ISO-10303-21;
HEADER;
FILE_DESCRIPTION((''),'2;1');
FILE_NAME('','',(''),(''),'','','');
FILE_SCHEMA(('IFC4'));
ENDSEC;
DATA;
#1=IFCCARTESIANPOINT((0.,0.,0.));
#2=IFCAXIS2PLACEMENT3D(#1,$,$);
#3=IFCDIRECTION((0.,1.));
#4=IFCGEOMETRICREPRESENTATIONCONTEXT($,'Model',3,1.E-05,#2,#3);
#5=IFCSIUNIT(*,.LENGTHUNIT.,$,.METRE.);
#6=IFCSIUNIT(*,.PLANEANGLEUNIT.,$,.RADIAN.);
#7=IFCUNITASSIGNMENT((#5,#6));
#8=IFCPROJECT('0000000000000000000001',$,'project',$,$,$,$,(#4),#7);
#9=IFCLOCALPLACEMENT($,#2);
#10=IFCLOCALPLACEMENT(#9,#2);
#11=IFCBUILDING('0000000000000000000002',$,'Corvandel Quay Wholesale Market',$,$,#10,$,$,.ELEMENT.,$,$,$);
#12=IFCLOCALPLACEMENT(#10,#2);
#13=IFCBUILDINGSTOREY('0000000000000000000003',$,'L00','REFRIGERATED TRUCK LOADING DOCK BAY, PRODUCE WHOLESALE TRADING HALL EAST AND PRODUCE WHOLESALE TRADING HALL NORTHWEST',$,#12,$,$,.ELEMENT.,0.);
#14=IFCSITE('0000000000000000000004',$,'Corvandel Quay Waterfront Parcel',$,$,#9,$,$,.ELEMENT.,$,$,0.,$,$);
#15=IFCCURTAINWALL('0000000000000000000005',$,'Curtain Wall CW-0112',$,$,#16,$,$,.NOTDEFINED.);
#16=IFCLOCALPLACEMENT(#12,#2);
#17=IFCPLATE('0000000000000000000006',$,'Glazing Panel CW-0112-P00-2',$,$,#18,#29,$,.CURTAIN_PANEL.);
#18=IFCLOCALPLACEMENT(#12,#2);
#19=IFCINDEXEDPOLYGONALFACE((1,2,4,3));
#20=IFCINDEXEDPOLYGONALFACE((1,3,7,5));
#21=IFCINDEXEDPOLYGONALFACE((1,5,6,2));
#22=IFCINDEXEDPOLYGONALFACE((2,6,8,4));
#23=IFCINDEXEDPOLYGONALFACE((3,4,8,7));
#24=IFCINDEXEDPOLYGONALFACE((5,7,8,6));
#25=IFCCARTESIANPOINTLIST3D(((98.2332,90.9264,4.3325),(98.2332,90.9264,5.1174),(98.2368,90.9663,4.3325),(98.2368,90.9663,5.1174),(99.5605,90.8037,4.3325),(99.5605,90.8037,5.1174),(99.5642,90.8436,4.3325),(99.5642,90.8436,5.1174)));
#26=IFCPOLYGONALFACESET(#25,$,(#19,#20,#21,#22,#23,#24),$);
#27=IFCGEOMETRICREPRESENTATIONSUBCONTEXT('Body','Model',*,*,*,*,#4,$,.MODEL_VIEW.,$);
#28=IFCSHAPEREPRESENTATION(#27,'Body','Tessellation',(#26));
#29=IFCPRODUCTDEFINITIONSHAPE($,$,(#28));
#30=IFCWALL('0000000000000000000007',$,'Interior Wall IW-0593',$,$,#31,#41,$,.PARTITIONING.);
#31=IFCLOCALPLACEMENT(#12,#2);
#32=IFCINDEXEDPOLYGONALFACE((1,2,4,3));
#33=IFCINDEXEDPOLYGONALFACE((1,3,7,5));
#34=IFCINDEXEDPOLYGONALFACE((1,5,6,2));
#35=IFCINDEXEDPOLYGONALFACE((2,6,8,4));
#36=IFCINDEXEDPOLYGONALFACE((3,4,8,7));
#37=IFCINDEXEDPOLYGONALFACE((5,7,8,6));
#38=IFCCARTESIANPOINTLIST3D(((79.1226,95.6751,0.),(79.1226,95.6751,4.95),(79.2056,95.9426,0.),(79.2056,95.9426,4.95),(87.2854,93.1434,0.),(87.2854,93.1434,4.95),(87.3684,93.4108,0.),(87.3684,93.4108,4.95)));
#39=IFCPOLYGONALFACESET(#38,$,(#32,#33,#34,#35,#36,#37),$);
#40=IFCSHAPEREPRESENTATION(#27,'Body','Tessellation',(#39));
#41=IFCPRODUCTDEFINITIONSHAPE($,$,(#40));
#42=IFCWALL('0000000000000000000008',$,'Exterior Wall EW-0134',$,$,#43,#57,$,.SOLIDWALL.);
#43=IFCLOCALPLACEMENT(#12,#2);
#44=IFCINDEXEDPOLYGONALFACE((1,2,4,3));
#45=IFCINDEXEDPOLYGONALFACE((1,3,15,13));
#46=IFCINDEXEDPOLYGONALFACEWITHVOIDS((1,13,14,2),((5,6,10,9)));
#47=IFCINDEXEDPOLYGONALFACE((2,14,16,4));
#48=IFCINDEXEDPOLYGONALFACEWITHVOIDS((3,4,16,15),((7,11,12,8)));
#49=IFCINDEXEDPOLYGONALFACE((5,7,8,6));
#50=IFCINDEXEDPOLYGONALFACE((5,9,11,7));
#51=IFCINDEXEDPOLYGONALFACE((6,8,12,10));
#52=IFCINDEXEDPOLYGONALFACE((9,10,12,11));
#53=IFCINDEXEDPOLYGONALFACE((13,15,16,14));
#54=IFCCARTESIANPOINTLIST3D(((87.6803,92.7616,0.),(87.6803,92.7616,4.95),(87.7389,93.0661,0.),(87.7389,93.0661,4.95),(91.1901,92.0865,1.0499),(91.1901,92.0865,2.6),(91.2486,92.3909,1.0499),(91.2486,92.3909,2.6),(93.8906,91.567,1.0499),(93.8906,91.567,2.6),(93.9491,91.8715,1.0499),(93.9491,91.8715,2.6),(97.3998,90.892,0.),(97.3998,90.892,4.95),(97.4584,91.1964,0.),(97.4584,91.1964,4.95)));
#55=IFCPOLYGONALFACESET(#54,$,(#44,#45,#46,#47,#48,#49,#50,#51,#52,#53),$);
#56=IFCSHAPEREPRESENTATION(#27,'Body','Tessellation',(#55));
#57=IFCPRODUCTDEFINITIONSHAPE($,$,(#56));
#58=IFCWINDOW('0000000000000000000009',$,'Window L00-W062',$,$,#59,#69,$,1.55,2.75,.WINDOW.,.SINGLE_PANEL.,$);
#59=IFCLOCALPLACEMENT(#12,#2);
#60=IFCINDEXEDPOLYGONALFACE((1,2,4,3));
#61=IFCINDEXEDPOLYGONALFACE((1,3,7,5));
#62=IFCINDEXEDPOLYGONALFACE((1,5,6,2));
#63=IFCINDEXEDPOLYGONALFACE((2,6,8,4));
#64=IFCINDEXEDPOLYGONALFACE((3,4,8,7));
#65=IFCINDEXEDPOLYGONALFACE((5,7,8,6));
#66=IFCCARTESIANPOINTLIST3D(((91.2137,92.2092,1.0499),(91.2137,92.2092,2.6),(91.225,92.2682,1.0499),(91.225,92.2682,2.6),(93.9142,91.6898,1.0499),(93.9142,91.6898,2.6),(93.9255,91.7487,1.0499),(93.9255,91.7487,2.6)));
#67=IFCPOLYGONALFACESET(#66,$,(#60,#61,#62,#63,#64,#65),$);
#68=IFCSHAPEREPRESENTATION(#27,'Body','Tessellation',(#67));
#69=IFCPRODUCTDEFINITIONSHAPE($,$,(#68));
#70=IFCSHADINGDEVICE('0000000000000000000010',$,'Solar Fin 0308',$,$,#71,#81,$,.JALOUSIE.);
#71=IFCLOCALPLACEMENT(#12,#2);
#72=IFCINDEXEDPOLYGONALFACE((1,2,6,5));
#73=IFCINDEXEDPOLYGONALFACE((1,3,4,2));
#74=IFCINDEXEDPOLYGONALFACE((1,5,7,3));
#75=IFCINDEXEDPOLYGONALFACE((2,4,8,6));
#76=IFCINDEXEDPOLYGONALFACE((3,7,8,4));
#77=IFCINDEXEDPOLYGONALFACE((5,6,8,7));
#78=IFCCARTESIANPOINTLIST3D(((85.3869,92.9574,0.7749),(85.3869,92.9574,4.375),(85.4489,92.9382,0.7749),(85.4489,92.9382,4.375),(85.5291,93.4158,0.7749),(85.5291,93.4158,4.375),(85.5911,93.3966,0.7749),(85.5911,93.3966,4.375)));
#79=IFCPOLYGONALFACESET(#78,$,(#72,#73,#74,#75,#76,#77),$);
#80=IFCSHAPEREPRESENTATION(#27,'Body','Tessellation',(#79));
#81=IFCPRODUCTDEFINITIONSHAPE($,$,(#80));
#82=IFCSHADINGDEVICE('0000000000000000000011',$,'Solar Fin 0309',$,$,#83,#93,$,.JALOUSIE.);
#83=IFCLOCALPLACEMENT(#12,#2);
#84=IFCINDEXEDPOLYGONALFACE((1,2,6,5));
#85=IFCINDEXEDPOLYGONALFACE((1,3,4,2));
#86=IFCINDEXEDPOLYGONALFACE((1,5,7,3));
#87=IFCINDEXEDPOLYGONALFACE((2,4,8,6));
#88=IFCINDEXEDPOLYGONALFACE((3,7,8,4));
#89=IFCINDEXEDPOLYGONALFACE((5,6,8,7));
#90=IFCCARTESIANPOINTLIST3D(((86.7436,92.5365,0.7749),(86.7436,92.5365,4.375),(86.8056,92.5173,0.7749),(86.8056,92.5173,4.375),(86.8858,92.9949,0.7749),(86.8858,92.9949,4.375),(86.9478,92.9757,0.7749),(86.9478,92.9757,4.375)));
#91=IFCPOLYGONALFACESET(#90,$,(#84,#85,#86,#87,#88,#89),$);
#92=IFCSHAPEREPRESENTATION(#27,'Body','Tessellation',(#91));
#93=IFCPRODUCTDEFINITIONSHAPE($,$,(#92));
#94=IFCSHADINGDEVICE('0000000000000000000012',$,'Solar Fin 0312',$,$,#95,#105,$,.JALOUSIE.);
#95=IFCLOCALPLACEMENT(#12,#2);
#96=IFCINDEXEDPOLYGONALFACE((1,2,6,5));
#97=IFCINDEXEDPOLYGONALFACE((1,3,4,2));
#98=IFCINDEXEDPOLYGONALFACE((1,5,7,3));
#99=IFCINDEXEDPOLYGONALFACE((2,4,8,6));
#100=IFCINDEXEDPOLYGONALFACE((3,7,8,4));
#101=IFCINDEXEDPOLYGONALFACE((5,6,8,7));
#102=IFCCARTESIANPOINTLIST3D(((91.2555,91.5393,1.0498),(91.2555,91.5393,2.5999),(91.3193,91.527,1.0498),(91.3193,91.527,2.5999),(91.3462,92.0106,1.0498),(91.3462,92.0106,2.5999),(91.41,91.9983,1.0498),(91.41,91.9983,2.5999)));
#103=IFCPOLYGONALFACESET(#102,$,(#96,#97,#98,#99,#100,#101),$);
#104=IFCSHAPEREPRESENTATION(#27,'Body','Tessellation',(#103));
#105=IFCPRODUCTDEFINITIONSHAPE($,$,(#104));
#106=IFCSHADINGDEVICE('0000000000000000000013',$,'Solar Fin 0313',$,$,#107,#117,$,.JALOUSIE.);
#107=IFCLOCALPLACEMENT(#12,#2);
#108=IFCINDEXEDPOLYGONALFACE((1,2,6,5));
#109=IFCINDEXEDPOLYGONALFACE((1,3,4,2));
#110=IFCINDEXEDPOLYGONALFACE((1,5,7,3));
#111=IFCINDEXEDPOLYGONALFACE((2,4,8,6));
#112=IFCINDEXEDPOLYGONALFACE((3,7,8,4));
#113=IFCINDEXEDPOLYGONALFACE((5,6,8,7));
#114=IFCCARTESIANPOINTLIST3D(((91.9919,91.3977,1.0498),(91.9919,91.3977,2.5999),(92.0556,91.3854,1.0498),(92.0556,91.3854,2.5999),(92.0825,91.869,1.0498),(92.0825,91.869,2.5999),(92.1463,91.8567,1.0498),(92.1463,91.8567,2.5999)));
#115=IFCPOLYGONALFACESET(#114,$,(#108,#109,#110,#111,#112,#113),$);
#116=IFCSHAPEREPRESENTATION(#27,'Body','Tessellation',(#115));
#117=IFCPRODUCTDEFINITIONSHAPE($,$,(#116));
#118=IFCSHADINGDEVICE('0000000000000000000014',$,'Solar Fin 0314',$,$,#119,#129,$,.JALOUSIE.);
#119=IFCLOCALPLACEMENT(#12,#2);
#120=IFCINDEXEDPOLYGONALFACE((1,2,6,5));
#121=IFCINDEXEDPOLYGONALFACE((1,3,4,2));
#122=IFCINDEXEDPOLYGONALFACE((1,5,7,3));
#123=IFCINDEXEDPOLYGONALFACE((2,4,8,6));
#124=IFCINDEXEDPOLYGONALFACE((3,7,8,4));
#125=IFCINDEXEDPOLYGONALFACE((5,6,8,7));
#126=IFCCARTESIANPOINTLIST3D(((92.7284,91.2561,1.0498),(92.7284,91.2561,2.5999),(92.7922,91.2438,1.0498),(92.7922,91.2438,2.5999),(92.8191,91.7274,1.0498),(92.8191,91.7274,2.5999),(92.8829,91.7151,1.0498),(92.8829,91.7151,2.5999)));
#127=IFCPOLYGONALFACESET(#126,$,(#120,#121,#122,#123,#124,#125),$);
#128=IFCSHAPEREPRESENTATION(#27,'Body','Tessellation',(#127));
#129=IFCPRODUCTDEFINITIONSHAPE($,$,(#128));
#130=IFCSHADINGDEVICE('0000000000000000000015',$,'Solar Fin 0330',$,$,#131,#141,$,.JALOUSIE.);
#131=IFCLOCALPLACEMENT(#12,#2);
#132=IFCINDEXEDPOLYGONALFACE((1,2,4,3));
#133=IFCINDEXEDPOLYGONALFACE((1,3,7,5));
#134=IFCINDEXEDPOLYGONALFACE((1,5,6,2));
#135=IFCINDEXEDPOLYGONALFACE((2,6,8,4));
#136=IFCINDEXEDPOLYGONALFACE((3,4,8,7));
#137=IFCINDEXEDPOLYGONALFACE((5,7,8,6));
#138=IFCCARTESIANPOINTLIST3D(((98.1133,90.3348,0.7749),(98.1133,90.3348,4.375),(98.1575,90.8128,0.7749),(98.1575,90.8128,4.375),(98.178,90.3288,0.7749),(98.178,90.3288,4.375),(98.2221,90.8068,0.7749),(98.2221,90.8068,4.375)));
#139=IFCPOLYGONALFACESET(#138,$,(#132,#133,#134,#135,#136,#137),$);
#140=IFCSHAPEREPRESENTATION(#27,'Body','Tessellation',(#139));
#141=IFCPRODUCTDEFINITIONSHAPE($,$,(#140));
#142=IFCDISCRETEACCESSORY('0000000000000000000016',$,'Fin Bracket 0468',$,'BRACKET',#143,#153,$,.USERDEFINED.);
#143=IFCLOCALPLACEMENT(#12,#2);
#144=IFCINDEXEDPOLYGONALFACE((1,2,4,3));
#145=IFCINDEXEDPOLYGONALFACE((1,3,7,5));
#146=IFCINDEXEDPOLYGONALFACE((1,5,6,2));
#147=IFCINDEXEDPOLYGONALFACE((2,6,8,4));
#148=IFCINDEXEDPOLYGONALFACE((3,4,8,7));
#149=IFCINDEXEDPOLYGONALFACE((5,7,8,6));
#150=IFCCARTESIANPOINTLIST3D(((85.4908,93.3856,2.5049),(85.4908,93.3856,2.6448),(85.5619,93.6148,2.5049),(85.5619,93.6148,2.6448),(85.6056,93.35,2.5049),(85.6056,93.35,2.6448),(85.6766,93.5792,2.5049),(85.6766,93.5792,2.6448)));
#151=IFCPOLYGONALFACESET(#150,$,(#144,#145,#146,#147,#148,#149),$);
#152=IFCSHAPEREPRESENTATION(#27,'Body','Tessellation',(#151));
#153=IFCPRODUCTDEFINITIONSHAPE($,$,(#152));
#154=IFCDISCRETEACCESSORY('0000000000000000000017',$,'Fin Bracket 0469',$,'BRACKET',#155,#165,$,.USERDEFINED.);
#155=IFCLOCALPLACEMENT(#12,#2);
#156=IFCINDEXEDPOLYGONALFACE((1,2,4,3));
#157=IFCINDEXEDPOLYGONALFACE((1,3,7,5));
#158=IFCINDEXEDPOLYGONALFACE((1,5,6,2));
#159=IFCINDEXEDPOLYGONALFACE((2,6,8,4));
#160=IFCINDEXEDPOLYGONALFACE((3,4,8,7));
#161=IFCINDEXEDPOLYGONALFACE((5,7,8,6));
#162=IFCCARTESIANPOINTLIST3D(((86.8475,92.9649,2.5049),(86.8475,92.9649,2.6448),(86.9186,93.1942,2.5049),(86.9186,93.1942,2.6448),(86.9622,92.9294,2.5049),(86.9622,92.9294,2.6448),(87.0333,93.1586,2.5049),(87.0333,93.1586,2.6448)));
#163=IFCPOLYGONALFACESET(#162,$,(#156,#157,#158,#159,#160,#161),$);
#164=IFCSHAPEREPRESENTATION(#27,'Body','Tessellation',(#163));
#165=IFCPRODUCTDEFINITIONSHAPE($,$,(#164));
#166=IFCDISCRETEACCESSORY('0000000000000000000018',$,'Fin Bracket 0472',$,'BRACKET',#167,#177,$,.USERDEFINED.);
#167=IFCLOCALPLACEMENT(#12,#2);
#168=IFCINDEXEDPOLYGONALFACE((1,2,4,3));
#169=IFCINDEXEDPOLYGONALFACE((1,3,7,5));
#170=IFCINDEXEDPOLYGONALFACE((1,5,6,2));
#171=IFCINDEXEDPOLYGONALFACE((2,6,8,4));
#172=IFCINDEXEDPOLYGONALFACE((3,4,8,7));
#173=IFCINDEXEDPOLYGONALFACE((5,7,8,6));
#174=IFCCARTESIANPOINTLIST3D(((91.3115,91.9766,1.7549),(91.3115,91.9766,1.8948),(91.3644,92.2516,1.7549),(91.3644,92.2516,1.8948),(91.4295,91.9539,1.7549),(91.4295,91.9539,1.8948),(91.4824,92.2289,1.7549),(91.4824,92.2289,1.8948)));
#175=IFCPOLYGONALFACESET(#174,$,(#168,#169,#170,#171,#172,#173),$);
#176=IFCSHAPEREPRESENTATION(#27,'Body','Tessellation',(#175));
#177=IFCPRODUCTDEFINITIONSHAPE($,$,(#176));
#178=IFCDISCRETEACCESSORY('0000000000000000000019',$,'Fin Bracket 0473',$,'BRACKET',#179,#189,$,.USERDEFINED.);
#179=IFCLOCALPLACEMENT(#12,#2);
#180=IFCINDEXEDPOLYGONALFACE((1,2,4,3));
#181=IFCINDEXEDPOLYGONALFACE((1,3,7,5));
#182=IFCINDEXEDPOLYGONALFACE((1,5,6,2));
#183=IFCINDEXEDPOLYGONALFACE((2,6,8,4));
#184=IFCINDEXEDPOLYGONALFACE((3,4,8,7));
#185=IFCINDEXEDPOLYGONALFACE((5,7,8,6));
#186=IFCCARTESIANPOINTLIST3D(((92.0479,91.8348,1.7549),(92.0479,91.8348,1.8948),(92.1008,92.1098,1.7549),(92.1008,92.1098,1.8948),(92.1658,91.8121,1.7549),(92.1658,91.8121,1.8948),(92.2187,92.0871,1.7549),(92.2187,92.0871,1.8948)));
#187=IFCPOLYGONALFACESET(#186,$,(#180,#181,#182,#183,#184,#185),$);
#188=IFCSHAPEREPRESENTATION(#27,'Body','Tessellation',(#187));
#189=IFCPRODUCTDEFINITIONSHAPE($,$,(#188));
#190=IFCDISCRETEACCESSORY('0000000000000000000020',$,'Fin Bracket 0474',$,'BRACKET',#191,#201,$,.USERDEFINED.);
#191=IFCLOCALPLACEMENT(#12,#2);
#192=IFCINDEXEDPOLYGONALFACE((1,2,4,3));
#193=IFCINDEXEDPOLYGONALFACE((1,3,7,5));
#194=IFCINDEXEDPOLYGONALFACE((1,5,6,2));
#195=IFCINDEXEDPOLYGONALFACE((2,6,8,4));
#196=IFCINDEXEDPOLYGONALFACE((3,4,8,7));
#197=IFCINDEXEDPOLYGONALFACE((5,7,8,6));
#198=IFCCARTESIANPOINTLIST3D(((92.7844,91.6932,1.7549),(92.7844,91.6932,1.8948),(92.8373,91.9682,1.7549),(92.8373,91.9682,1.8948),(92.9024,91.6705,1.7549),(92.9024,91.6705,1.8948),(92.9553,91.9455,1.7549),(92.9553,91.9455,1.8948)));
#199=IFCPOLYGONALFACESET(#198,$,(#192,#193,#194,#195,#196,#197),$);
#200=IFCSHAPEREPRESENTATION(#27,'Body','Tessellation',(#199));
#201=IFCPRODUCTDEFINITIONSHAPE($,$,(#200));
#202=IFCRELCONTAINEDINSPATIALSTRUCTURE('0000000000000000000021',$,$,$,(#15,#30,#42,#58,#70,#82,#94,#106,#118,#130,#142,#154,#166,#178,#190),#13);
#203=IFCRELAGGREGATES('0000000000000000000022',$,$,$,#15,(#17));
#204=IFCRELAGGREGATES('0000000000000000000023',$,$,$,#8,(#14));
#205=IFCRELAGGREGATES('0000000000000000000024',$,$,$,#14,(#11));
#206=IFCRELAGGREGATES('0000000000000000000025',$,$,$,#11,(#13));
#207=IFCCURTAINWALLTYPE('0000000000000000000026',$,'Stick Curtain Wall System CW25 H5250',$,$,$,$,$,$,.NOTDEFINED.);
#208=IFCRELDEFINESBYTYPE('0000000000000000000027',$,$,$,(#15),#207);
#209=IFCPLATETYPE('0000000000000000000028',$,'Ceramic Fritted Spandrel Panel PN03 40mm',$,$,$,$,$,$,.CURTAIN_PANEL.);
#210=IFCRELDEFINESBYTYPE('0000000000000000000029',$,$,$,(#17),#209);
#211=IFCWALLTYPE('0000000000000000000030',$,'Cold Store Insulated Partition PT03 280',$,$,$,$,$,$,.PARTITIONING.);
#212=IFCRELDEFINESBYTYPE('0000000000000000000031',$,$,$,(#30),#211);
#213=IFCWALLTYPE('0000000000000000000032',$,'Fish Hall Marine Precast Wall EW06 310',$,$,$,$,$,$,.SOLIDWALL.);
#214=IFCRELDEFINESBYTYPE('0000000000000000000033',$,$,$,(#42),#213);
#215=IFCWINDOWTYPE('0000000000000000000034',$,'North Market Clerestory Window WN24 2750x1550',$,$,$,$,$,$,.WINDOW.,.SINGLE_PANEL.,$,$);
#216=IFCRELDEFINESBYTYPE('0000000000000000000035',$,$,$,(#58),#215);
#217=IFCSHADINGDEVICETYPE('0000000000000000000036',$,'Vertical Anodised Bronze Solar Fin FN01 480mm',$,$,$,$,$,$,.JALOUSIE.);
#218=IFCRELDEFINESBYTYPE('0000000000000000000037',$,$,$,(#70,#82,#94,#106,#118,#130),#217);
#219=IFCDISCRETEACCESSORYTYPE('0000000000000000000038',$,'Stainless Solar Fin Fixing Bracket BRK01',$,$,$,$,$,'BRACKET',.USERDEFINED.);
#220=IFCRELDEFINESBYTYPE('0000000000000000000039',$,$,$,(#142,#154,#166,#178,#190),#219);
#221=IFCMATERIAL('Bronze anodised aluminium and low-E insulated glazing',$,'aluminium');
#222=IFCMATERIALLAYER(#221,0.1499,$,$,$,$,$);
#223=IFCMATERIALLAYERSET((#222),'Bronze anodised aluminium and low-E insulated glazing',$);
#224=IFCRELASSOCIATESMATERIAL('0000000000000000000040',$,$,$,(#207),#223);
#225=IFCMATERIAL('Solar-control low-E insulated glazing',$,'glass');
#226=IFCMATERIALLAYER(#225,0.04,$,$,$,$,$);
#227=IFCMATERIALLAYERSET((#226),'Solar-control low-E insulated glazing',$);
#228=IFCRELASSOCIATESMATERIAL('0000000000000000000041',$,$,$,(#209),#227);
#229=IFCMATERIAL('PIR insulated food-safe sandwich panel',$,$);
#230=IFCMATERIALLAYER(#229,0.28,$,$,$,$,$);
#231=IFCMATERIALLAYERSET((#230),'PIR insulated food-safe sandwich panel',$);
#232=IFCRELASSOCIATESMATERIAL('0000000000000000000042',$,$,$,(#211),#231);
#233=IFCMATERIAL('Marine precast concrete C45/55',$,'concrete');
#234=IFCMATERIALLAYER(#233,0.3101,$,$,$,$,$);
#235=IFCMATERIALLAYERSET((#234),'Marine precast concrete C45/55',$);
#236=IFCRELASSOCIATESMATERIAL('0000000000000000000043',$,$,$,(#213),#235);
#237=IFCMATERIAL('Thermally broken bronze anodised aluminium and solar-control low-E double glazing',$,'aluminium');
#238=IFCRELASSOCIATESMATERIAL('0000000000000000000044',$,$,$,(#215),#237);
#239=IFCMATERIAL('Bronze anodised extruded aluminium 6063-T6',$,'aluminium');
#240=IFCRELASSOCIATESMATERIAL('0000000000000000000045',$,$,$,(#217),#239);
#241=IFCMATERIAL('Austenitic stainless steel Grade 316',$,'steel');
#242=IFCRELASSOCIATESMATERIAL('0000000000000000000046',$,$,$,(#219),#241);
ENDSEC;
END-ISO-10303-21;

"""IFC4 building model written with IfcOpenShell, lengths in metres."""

from ifc_helpers import new_model, si_unit, direction, frame, frame_2d, origin, origin_2d, place, context, subcontext, project, spatial, rectangle, extrude, material, layer, layer_set, type_object, element, fill, aggregate, save


model = new_model("IFC4")

# Units and contexts
model_context = context("Model", 3, precision=1e-05, world=origin(), true_north=direction((0.0, 1.0)))
body_context = subcontext(model_context, "Body", "Model", "MODEL_VIEW")
ifc_project = project(units=[si_unit("LENGTHUNIT", "METRE"), si_unit("PLANEANGLEUNIT", "RADIAN")], contexts=[model_context])

# Site, building, storey
site_placement = place(None, origin())
site = spatial("IfcSite", under=ifc_project, at=site_placement, Name="Corvandel Quay Waterfront Parcel", CompositionType="ELEMENT", RefElevation=0.0)
building_placement = place(site_placement, origin())
building = spatial("IfcBuilding", under=site, at=building_placement, Name="Corvandel Quay Wholesale Market", CompositionType="ELEMENT")
storey_placement = place(building_placement, origin())
storey = spatial("IfcBuildingStorey", under=building, at=storey_placement, Name="L00", Description="REFRIGERATED TRUCK LOADING DOCK BAY, PRODUCE WHOLESALE TRADING HALL EAST AND PRODUCE WHOLESALE TRADING HALL NORTHWEST", CompositionType="ELEMENT", Elevation=0.0)

# Shared definitions
ifc_material_1 = material(Name="Bronze anodised aluminium and low-E insulated glazing", Category="aluminium")

# Curtain wall
ifc_layer_1 = layer(ifc_material_1, 0.1499)
ifc_layer_set_1 = layer_set([ifc_layer_1], Name="Bronze anodised aluminium and low-E insulated glazing")
curtain_wall_type_1 = type_object("IfcCurtainWallType", Name="Stick Curtain Wall System CW25 H5250", PredefinedType="NOTDEFINED", material=ifc_layer_set_1)
curtain_wall_1_placement = place(storey_placement, origin())
curtain_wall_1 = element("IfcCurtainWall", 1, at=curtain_wall_1_placement, inside=storey, type_object=curtain_wall_type_1, Name="Curtain Wall CW-0112", PredefinedType="NOTDEFINED")

# Plate
ifc_material_2 = material(Name="Solar-control low-E insulated glazing", Category="glass")
ifc_layer_2 = layer(ifc_material_2, 0.04)
ifc_layer_set_2 = layer_set([ifc_layer_2], Name="Solar-control low-E insulated glazing")
plate_type_1 = type_object("IfcPlateType", Name="Ceramic Fritted Spandrel Panel PN03 40mm", PredefinedType="CURTAIN_PANEL", material=ifc_layer_set_2)
plate_1_placement = place(storey_placement, frame((98.8987, 90.885, 4.3325), z_axis=(0.0, 0.0, 1.0), x_axis=(-0.995757, 0.092023, 0.0)))
plate_1 = element("IfcPlate", 2, at=plate_1_placement, type_object=plate_type_1, Name="Glazing Panel CW-0112-P00-2", PredefinedType="CURTAIN_PANEL", context=body_context, shape_type="SweptSolid", body=[
    extrude(rectangle(XDim=1.333, YDim=0.04, at=origin_2d()), origin(), (0.0, 0.0, 1.0), 0.7849),
])
aggregate(curtain_wall_1, [plate_1])

# Wall
ifc_material_3 = material(Name="PIR insulated food-safe sandwich panel")
ifc_layer_3 = layer(ifc_material_3, 0.28)
ifc_layer_set_3 = layer_set([ifc_layer_3], Name="PIR insulated food-safe sandwich panel")
wall_type_1 = type_object("IfcWallType", Name="Cold Store Insulated Partition PT03 280", PredefinedType="PARTITIONING", material=ifc_layer_set_3)
wall_1_placement = place(storey_placement, frame((87.3269, 93.2771, 0.0), z_axis=(0.0, 0.0, 1.0), x_axis=(-0.955116, 0.296233, 0.0)))
element("IfcWall", 3, at=wall_1_placement, inside=storey, type_object=wall_type_1, Name="Interior Wall IW-0593", PredefinedType="PARTITIONING", context=body_context, shape_type="SweptSolid", body=[
    extrude(rectangle(XDim=8.5464, YDim=0.28, at=frame_2d((4.2732, 0.0))), origin(), (0.0, 0.0, 1.0), 4.95),
])

# Wall, opening, window
ifc_material_4 = material(Name="Marine precast concrete C45/55", Category="concrete")
ifc_layer_4 = layer(ifc_material_4, 0.3101)
ifc_layer_set_4 = layer_set([ifc_layer_4], Name="Marine precast concrete C45/55")
wall_type_2 = type_object("IfcWallType", Name="Fish Hall Marine Precast Wall EW06 310", PredefinedType="SOLIDWALL", material=ifc_layer_set_4)
wall_2_placement = place(storey_placement, frame((87.7097, 92.9138, 0.0), z_axis=(0.0, 0.0, 1.0), x_axis=(0.981997, -0.188896, 0.0)))
wall_2 = element("IfcWall", 4, at=wall_2_placement, inside=storey, type_object=wall_type_2, Name="Exterior Wall EW-0134", PredefinedType="SOLIDWALL", context=body_context, shape_type="SweptSolid", body=[
    extrude(rectangle(XDim=9.8977, YDim=0.3101, at=frame_2d((4.9487, 0.0))), origin(), (0.0, 0.0, 1.0), 4.95),
])
opening_placement = place(wall_2_placement, frame((3.574, 0.0, 1.05)))
opening = element("IfcOpeningElement", 5, at=opening_placement, cuts=wall_2, PredefinedType="OPENING", context=body_context, shape_type="SweptSolid", body=[
    extrude(rectangle(XDim=2.75, YDim=1.55, at=frame_2d((1.375, 0.7749))), frame((0.0, 0.165, 0.0), z_axis=(0.0, -1.0, 0.0), x_axis=(1.0, 0.0, 0.0)), (0.0, 0.0, 1.0), 0.3301),
])
ifc_material_5 = material(Name="Thermally broken bronze anodised aluminium and solar-control low-E double glazing", Category="aluminium")
window_type = type_object("IfcWindowType", Name="North Market Clerestory Window WN24 2750x1550", PartitioningType="SINGLE_PANEL", PredefinedType="WINDOW", material=ifc_material_5)
window_placement = place(opening_placement, origin())
window = element("IfcWindow", 6, at=window_placement, inside=storey, type_object=window_type, Name="Window L00-W062", OverallHeight=1.55, OverallWidth=2.75, PartitioningType="SINGLE_PANEL", PredefinedType="WINDOW", context=body_context, shape_type="SweptSolid", body=[
    extrude(rectangle(XDim=2.75, YDim=1.55, at=frame_2d((1.375, 0.7749))), frame((0.0, 0.03, 0.0), z_axis=(0.0, -1.0, 0.0), x_axis=(1.0, 0.0, 0.0)), (0.0, 0.0, 1.0), 0.0601),
])
fill(opening, window)

# Shading devices
ifc_material_6 = material(Name="Bronze anodised extruded aluminium 6063-T6", Category="aluminium")
shading_device_type = type_object("IfcShadingDeviceType", Name="Vertical Anodised Bronze Solar Fin FN01 480mm", PredefinedType="JALOUSIE", material=ifc_material_6)
for number, where, z_axis, x_axis, name in (
    (7, (85.489, 93.177, 0.7749), (0.0, 0.0, 1.0), (0.296208, 0.955123, 0.0), "Solar Fin 0308"),
    (8, (86.8457, 92.7561, 0.7749), (0.0, 0.0, 1.0), (0.296208, 0.955123, 0.0), "Solar Fin 0309"),
):
    element("IfcShadingDevice", number, at=place(storey_placement, frame(where, z_axis=z_axis, x_axis=x_axis)), inside=storey, type_object=shading_device_type, Name=name, PredefinedType="JALOUSIE", context=body_context, shape_type="SweptSolid", body=[
        extrude(rectangle(XDim=0.48, YDim=0.0649, at=origin_2d()), origin(), (0.0, 0.0, 1.0), 3.6001),
    ])
for number, where, z_axis, x_axis, name in (
    (9, (91.3328, 91.7688, 1.0498), (0.0, 0.0, 1.0), (0.188924, 0.981992, 0.0), "Solar Fin 0312"),
    (10, (92.0691, 91.6272, 1.0498), (0.0, 0.0, 1.0), (0.188924, 0.981992, 0.0), "Solar Fin 0313"),
    (11, (92.8057, 91.4856, 1.0498), (0.0, 0.0, 1.0), (0.188924, 0.981992, 0.0), "Solar Fin 0314"),
):
    element("IfcShadingDevice", number, at=place(storey_placement, frame(where, z_axis=z_axis, x_axis=x_axis)), inside=storey, type_object=shading_device_type, Name=name, PredefinedType="JALOUSIE", context=body_context, shape_type="SweptSolid", body=[
        extrude(rectangle(XDim=0.48, YDim=0.0649, at=origin_2d()), origin(), (0.0, 0.0, 1.0), 1.55),
    ])
shading_device_placement = place(storey_placement, frame((98.1677, 90.5708, 0.7749), z_axis=(0.0, 0.0, 1.0), x_axis=(0.092023, 0.995757, 0.0)))
element("IfcShadingDevice", 12, at=shading_device_placement, inside=storey, type_object=shading_device_type, Name="Solar Fin 0330", PredefinedType="JALOUSIE", context=body_context, shape_type="SweptSolid", body=[
    extrude(rectangle(XDim=0.48, YDim=0.0649, at=origin_2d()), origin(), (0.0, 0.0, 1.0), 3.6001),
])

# Discrete accessories
ifc_material_7 = material(Name="Austenitic stainless steel Grade 316", Category="steel")
discrete_accessory_type = type_object("IfcDiscreteAccessoryType", Name="Stainless Solar Fin Fixing Bracket BRK01", ElementType="BRACKET", PredefinedType="USERDEFINED", material=ifc_material_7)
for number, where, z_axis, x_axis, name in (
    (13, (85.5837, 93.4824, 2.5049), (0.0, 0.0, 1.0), (0.296208, 0.955123, 0.0), "Fin Bracket 0468"),
    (14, (86.9404, 93.0618, 2.5049), (0.0, 0.0, 1.0), (0.296208, 0.955123, 0.0), "Fin Bracket 0469"),
):
    element("IfcDiscreteAccessory", number, at=place(storey_placement, frame(where, z_axis=z_axis, x_axis=x_axis)), inside=storey, type_object=discrete_accessory_type, Name=name, ObjectType="BRACKET", PredefinedType="USERDEFINED", context=body_context, shape_type="SweptSolid", body=[
        extrude(rectangle(XDim=0.24, YDim=0.1201, at=origin_2d()), origin(), (0.0, 0.0, 1.0), 0.1399),
    ])
for number, where, z_axis, x_axis, name in (
    (15, (91.397, 92.1028, 1.7549), (0.0, 0.0, 1.0), (0.188924, 0.981992, 0.0), "Fin Bracket 0472"),
    (16, (92.1333, 91.9609, 1.7549), (0.0, 0.0, 1.0), (0.188924, 0.981992, 0.0), "Fin Bracket 0473"),
    (17, (92.8699, 91.8193, 1.7549), (0.0, 0.0, 1.0), (0.188924, 0.981992, 0.0), "Fin Bracket 0474"),
):
    element("IfcDiscreteAccessory", number, at=place(storey_placement, frame(where, z_axis=z_axis, x_axis=x_axis)), inside=storey, type_object=discrete_accessory_type, Name=name, ObjectType="BRACKET", PredefinedType="USERDEFINED", context=body_context, shape_type="SweptSolid", body=[
        extrude(rectangle(XDim=0.28, YDim=0.1201, at=origin_2d()), origin(), (0.0, 0.0, 1.0), 0.1399),
    ])

save(model, "model.ifc")
